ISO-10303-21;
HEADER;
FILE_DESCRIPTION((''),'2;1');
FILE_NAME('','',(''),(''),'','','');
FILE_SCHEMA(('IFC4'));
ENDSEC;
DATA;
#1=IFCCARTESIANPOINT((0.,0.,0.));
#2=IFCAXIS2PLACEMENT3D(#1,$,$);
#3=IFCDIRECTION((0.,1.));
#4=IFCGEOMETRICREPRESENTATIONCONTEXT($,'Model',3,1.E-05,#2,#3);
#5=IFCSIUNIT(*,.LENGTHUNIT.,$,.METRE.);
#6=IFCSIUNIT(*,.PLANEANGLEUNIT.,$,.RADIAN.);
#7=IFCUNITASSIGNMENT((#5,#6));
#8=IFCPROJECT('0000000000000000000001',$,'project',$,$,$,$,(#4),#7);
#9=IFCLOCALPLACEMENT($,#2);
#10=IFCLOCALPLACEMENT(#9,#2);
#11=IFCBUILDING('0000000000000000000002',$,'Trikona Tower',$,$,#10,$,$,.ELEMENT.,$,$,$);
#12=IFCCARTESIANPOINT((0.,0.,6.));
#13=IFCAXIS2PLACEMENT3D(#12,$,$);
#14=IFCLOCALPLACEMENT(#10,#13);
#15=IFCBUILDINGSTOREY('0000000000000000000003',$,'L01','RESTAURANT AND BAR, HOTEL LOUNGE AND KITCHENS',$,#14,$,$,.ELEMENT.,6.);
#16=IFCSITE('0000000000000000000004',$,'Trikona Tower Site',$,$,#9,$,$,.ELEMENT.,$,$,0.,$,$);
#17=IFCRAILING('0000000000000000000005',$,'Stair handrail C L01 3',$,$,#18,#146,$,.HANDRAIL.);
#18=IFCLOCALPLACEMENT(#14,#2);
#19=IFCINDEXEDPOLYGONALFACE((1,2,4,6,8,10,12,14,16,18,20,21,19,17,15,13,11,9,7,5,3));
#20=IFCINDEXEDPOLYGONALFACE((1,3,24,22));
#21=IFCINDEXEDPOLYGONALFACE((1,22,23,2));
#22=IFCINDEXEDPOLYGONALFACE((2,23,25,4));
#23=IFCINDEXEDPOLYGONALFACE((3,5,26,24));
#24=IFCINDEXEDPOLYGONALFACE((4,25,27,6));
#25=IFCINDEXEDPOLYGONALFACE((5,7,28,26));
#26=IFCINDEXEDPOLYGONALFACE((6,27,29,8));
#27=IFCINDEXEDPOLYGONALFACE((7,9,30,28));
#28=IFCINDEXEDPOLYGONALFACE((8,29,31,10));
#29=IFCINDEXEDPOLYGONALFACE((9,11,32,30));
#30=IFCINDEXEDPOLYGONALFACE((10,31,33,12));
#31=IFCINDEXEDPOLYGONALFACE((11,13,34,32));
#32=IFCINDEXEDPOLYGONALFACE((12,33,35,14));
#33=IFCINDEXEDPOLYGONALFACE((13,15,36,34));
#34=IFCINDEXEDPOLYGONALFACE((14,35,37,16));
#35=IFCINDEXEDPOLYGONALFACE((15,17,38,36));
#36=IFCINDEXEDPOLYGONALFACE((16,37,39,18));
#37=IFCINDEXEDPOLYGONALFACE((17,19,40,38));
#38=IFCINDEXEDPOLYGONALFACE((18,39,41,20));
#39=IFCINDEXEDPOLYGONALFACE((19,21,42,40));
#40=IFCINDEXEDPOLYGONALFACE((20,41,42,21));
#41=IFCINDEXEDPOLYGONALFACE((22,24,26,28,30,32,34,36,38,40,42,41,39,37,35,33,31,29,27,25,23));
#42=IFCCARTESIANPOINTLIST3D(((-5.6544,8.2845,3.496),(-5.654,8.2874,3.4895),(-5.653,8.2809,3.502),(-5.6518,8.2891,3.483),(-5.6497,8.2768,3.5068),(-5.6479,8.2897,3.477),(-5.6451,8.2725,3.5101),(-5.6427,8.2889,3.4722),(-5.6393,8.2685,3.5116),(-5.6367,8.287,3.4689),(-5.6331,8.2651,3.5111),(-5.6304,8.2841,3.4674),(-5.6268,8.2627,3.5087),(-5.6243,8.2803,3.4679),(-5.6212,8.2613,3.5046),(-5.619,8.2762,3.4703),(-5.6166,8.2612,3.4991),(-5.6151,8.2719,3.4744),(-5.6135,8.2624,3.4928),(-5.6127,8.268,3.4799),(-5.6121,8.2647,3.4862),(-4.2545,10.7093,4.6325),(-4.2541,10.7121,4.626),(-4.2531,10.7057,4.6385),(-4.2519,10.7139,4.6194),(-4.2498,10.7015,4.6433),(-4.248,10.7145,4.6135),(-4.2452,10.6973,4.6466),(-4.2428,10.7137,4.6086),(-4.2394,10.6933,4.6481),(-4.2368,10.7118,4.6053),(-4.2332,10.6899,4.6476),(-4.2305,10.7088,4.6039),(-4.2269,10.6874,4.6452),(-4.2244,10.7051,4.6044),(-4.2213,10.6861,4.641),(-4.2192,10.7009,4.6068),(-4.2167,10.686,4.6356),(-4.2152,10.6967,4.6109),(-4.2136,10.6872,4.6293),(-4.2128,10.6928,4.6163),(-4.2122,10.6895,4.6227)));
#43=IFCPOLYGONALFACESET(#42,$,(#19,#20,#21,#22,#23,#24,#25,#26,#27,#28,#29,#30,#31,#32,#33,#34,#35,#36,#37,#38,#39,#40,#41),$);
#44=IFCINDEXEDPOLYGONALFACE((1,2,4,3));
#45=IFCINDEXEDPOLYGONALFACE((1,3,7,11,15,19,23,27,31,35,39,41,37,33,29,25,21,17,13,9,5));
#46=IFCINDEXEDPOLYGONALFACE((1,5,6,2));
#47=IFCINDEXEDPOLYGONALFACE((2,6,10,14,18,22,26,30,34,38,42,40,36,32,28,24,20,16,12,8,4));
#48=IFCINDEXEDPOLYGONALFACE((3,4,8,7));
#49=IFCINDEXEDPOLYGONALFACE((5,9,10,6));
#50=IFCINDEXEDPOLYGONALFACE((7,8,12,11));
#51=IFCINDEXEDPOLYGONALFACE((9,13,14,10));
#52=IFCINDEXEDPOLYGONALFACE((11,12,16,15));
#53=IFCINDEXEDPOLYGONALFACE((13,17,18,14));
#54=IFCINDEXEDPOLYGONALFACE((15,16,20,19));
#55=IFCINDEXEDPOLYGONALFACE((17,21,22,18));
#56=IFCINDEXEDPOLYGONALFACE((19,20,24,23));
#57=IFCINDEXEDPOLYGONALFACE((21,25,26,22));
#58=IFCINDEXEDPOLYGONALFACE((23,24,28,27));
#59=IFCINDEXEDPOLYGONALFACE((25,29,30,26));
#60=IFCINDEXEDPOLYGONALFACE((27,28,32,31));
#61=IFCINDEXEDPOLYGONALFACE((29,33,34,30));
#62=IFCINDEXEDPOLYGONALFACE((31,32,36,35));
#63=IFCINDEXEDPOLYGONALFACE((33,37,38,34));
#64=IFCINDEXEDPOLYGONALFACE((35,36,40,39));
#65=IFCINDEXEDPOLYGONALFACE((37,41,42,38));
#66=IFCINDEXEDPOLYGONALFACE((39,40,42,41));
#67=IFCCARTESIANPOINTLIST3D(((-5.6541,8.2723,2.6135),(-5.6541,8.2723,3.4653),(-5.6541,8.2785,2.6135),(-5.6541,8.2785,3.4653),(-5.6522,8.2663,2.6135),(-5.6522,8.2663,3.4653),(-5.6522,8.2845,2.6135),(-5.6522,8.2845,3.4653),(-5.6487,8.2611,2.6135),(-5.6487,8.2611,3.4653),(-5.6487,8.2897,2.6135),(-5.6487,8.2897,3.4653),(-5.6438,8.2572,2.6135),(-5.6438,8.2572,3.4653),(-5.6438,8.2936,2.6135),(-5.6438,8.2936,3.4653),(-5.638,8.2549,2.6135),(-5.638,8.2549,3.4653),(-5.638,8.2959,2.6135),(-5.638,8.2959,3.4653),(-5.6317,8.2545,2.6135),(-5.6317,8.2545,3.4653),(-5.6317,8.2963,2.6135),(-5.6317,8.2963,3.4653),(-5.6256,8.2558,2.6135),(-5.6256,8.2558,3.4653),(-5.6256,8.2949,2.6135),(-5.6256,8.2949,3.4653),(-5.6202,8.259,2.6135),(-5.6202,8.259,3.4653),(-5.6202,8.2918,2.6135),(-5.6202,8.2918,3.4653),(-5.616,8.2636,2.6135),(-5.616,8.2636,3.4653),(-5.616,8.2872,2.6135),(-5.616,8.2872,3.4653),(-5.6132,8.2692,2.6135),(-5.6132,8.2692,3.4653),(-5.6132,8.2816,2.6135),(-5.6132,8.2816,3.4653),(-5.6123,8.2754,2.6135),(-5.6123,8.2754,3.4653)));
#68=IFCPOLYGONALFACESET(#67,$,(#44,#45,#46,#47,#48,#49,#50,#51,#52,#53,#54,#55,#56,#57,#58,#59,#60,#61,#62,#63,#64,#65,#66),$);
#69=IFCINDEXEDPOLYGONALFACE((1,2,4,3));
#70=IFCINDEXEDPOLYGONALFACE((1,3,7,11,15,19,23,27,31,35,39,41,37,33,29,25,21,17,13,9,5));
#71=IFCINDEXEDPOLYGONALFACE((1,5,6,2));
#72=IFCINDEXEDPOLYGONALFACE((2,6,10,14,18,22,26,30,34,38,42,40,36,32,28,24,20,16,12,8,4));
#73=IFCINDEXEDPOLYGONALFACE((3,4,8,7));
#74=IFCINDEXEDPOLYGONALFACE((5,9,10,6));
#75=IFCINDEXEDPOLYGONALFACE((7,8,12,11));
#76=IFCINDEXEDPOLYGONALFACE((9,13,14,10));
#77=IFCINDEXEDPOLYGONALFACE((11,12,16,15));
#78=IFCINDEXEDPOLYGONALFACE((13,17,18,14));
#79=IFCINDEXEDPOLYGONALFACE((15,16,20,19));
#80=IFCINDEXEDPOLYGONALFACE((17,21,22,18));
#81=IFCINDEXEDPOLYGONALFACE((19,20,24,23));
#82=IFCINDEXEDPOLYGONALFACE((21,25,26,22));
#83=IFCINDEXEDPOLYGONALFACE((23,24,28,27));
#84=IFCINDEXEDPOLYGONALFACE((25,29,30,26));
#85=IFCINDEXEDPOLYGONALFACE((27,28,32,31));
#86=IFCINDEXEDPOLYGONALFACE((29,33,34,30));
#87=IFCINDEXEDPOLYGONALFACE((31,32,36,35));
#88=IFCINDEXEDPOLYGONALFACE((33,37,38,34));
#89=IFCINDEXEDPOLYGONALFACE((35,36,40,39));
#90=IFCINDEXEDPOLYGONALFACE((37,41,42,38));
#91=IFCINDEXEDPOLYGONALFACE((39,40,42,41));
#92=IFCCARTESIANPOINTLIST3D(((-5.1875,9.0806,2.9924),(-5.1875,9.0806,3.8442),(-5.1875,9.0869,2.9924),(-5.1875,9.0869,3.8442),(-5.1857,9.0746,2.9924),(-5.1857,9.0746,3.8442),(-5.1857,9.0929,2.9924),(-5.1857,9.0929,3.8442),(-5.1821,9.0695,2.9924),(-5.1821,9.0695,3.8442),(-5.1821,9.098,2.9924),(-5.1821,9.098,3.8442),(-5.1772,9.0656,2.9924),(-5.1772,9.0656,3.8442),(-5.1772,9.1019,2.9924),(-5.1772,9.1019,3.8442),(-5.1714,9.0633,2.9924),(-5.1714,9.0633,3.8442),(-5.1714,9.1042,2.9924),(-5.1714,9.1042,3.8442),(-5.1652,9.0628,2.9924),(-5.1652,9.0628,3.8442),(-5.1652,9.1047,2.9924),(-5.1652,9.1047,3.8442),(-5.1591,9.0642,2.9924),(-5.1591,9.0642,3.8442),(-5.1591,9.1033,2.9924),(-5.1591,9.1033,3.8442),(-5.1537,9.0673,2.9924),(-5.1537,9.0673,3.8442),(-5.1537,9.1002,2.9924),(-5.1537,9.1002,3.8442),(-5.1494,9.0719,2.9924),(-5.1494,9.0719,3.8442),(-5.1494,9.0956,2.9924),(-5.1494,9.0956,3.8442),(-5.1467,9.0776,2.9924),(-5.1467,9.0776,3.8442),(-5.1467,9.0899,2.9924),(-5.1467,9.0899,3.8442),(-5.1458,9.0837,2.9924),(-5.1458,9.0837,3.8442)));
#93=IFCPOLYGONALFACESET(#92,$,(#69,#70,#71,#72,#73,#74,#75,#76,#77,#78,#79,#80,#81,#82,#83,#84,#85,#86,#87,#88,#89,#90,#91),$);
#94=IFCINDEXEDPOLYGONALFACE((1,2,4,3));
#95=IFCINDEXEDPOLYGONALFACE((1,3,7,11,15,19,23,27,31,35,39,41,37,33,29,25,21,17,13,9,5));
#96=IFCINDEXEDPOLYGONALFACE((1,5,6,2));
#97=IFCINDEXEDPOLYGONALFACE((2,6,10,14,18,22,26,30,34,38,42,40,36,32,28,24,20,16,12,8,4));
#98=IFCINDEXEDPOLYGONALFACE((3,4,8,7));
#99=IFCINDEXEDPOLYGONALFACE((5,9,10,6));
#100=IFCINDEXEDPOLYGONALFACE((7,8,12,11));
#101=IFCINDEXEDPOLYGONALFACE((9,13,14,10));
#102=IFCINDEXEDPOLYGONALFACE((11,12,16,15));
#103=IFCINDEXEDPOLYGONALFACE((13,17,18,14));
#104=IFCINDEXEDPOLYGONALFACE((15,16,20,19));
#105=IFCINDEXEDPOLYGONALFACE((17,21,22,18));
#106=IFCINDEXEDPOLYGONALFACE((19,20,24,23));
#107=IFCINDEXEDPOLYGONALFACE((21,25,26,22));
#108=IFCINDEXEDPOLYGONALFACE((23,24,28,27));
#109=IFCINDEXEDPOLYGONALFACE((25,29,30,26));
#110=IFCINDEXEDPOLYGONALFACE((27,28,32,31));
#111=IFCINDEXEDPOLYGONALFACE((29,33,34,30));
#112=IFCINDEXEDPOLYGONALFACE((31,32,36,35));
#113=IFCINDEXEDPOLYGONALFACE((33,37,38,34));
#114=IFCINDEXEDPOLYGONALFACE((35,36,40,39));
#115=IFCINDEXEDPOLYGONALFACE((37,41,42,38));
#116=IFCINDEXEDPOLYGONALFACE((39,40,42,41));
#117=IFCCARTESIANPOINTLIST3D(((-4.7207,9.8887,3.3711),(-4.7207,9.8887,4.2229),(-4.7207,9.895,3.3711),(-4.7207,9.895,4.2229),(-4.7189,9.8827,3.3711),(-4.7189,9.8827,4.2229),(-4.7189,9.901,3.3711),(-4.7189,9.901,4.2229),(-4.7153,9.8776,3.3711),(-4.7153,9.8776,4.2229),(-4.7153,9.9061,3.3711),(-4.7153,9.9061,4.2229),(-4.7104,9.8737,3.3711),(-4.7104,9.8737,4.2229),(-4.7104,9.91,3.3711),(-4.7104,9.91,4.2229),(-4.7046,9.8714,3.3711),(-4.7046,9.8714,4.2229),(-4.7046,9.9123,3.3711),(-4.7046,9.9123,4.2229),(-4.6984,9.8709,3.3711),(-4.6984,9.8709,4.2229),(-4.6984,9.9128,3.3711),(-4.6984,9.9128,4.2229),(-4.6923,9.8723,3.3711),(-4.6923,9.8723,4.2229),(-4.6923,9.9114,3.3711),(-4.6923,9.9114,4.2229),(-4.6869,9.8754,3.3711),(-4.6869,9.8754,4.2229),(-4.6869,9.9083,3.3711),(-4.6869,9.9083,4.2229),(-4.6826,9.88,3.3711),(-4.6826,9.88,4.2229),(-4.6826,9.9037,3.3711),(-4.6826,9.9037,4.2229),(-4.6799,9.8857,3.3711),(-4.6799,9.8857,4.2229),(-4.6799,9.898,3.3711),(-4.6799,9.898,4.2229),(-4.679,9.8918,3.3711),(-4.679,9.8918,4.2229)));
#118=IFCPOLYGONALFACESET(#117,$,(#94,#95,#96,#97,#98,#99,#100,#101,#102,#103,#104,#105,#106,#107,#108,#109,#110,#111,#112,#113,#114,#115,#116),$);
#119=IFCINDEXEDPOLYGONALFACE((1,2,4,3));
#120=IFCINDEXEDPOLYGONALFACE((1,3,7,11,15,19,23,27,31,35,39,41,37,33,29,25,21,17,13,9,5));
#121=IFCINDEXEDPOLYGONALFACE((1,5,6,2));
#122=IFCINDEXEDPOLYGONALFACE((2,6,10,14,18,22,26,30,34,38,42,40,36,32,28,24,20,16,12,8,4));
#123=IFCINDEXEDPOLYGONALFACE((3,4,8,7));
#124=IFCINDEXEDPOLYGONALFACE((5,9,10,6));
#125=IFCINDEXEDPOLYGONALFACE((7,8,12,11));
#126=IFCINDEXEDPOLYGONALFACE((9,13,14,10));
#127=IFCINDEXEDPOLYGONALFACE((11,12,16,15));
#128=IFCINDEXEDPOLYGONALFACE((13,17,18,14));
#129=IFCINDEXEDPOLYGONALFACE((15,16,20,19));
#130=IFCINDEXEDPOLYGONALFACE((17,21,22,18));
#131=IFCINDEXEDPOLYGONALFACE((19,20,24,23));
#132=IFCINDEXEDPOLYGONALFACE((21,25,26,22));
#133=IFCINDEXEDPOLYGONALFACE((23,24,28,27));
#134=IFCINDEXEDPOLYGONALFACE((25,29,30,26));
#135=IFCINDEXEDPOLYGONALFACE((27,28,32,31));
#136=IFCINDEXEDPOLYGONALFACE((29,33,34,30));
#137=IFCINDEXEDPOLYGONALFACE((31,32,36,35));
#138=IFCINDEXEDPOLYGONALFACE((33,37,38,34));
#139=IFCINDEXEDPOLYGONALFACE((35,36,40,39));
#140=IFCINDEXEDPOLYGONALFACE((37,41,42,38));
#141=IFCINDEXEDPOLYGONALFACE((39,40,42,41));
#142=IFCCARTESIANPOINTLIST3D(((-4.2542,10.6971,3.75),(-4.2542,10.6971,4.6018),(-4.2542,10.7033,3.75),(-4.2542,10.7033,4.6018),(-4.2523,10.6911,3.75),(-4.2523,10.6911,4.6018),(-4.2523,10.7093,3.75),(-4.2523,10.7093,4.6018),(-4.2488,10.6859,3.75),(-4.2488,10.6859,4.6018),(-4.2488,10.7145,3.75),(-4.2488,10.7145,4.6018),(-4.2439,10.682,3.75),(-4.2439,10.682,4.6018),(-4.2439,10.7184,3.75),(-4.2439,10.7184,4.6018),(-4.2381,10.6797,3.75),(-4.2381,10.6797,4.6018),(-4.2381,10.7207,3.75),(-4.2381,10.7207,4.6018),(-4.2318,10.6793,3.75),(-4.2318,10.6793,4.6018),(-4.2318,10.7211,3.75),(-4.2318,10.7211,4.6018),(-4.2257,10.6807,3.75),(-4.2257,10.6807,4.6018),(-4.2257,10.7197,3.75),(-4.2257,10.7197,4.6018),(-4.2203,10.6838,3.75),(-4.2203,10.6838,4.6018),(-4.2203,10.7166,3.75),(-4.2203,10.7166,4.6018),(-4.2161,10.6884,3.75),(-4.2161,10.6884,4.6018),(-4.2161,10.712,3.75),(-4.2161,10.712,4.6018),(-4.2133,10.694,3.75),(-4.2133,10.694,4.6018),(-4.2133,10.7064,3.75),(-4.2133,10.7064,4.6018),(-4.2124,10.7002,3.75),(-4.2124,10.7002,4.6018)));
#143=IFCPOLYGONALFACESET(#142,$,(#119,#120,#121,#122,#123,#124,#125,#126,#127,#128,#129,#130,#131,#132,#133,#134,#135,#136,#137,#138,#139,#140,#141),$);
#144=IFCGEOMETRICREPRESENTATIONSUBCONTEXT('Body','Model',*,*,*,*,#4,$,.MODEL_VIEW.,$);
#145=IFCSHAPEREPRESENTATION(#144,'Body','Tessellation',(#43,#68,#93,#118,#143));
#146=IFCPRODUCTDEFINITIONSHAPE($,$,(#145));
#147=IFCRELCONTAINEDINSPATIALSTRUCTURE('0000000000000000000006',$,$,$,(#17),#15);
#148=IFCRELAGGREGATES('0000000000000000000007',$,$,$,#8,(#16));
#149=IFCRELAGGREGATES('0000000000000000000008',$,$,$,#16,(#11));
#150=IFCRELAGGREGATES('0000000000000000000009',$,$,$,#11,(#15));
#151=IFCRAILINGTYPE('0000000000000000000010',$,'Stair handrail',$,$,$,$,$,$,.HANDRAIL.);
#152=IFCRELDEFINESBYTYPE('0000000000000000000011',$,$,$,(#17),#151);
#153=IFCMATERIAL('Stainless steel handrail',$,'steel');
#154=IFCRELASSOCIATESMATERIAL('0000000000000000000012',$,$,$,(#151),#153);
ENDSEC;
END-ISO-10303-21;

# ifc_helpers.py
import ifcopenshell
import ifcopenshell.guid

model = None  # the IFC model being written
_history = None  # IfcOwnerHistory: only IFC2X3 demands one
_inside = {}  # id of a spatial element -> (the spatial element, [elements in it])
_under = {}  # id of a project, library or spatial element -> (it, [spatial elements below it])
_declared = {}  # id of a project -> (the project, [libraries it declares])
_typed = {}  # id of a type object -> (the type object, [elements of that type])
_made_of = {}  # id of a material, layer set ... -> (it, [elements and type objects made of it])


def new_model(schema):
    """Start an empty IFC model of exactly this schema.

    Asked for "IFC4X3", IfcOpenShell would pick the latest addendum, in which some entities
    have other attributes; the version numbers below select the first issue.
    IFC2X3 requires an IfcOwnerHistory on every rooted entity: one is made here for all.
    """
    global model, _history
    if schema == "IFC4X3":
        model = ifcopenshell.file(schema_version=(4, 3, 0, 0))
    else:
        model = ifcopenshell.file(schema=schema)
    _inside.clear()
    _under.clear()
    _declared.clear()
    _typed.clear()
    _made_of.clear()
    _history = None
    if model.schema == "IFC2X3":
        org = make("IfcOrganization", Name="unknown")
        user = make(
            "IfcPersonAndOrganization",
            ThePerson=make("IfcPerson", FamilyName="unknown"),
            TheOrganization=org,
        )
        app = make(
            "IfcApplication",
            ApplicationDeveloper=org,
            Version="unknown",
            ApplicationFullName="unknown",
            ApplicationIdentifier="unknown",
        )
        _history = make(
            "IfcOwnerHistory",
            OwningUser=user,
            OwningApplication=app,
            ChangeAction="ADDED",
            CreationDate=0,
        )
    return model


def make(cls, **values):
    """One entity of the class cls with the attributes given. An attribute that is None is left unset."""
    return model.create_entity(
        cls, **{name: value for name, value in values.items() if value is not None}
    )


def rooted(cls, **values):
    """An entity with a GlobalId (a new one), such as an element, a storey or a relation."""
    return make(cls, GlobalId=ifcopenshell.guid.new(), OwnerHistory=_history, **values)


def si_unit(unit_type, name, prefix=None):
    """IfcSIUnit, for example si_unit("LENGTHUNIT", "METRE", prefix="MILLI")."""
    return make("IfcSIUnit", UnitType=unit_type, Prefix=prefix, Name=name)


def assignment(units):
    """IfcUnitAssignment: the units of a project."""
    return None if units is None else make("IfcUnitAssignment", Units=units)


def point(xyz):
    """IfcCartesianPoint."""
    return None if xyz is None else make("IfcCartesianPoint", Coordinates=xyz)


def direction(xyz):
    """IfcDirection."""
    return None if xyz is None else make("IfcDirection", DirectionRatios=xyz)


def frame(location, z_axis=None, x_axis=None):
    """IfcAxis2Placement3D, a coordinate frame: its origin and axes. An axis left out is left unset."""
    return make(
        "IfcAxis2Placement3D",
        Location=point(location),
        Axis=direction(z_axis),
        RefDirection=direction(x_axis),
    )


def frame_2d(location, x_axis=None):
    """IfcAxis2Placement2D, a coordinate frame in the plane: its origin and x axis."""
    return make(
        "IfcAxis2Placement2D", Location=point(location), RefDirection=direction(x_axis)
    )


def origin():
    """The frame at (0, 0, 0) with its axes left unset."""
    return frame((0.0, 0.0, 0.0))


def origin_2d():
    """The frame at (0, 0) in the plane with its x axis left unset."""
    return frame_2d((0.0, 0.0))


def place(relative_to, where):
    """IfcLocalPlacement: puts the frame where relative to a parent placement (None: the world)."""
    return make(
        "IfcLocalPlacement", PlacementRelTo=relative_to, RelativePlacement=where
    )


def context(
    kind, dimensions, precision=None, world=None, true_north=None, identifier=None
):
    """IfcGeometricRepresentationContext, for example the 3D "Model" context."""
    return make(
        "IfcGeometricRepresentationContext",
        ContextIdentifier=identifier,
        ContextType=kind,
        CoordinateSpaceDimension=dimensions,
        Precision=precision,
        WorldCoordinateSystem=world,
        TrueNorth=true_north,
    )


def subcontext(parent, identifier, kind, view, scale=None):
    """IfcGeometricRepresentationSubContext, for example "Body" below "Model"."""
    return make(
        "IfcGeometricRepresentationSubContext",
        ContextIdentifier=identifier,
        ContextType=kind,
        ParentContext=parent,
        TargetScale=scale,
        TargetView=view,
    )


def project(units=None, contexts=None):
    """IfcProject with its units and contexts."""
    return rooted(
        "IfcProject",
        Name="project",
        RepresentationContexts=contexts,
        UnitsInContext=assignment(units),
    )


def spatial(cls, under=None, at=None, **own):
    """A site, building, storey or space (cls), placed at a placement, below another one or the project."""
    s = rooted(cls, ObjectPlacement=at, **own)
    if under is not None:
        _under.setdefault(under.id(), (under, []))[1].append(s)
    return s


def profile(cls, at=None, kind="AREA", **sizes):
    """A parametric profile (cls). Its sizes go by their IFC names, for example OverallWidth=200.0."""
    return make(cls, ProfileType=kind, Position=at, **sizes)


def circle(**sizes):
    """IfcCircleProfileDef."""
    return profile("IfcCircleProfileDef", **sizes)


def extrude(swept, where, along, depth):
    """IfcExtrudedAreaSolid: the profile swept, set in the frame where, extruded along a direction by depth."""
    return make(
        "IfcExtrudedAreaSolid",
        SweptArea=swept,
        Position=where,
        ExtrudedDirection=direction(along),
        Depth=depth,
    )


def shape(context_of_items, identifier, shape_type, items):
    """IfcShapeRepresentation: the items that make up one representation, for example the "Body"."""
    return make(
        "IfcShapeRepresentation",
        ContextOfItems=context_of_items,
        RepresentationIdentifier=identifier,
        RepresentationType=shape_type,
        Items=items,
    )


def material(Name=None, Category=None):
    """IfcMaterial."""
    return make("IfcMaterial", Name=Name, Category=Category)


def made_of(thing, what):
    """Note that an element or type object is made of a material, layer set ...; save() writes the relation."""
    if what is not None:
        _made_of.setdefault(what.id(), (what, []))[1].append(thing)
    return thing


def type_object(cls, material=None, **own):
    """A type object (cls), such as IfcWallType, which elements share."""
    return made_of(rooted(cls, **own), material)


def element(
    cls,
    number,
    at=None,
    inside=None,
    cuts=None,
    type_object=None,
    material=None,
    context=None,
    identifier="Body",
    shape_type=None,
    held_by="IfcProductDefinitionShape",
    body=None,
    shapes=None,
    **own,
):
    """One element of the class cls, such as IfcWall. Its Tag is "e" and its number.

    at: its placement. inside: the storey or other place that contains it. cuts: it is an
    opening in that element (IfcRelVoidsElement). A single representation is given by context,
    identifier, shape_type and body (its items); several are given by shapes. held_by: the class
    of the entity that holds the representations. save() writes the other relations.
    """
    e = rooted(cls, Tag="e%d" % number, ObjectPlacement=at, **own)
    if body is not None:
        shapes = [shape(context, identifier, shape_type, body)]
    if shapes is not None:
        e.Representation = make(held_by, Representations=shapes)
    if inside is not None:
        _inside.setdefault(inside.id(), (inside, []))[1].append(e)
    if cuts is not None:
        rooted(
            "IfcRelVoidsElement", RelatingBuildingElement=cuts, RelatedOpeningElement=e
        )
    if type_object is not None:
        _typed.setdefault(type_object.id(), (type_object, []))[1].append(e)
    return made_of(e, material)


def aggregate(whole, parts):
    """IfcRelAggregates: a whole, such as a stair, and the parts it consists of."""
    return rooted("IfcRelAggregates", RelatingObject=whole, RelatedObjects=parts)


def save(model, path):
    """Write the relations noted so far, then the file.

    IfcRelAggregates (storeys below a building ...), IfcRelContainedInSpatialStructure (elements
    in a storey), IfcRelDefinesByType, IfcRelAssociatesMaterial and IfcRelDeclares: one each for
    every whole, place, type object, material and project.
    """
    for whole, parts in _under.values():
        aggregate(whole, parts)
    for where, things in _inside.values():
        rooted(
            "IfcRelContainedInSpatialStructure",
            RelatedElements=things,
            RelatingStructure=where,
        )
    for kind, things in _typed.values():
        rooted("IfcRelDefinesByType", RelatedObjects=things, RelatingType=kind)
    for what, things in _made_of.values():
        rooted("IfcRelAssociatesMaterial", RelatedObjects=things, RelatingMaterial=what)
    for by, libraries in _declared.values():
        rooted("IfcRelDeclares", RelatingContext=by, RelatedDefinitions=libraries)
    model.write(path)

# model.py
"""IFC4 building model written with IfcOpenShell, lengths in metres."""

from ifc_helpers import new_model, si_unit, direction, frame, origin, origin_2d, place, context, subcontext, project, spatial, circle, extrude, material, type_object, element, save


model = new_model("IFC4")

# Units and contexts
model_context = context("Model", 3, precision=1e-05, world=origin(), true_north=direction((0.0, 1.0)))
body_context = subcontext(model_context, "Body", "Model", "MODEL_VIEW")
ifc_project = project(units=[si_unit("LENGTHUNIT", "METRE"), si_unit("PLANEANGLEUNIT", "RADIAN")], contexts=[model_context])

# Site, building, storey
site_placement = place(None, origin())
site = spatial("IfcSite", under=ifc_project, at=site_placement, Name="Trikona Tower Site", CompositionType="ELEMENT", RefElevation=0.0)
building_placement = place(site_placement, origin())
building = spatial("IfcBuilding", under=site, at=building_placement, Name="Trikona Tower", CompositionType="ELEMENT")
storey_placement = place(building_placement, frame((0.0, 0.0, 6.0)))
storey = spatial("IfcBuildingStorey", under=building, at=storey_placement, Name="L01", Description="RESTAURANT AND BAR, HOTEL LOUNGE AND KITCHENS", CompositionType="ELEMENT", Elevation=6.0)

# Railing
ifc_material_1 = material(Name="Stainless steel handrail", Category="steel")
railing_type = type_object("IfcRailingType", Name="Stair handrail", PredefinedType="HANDRAIL", material=ifc_material_1)
railing_1_placement = place(storey_placement, frame((-5.6333, 8.2754, 2.6135)))
element("IfcRailing", 1, at=railing_1_placement, inside=storey, type_object=railing_type, Name="Stair handrail C L01 3", PredefinedType="HANDRAIL", context=body_context, shape_type="SweptSolid", body=[
    extrude(circle(Radius=0.0239, at=origin_2d()), frame((0.0, 0.0, 0.876), z_axis=(0.463275, 0.80245, 0.376098), x_axis=(-0.866035, 0.499984, 0.0)), (0.0, 0.0, 1.0), 3.0217),
    extrude(circle(Radius=0.021, at=origin_2d()), origin(), (0.0, 0.0, 1.0), 0.8518),
    extrude(circle(Radius=0.021, at=origin_2d()), frame((0.4666, 0.8083, 0.3789)), (0.0, 0.0, 1.0), 0.8518),
    extrude(circle(Radius=0.021, at=origin_2d()), frame((0.9333, 1.6165, 0.7576)), (0.0, 0.0, 1.0), 0.8518),
    extrude(circle(Radius=0.021, at=origin_2d()), frame((1.3999, 2.4248, 1.1365)), (0.0, 0.0, 1.0), 0.8518),
])

save(model, "model.ifc")
